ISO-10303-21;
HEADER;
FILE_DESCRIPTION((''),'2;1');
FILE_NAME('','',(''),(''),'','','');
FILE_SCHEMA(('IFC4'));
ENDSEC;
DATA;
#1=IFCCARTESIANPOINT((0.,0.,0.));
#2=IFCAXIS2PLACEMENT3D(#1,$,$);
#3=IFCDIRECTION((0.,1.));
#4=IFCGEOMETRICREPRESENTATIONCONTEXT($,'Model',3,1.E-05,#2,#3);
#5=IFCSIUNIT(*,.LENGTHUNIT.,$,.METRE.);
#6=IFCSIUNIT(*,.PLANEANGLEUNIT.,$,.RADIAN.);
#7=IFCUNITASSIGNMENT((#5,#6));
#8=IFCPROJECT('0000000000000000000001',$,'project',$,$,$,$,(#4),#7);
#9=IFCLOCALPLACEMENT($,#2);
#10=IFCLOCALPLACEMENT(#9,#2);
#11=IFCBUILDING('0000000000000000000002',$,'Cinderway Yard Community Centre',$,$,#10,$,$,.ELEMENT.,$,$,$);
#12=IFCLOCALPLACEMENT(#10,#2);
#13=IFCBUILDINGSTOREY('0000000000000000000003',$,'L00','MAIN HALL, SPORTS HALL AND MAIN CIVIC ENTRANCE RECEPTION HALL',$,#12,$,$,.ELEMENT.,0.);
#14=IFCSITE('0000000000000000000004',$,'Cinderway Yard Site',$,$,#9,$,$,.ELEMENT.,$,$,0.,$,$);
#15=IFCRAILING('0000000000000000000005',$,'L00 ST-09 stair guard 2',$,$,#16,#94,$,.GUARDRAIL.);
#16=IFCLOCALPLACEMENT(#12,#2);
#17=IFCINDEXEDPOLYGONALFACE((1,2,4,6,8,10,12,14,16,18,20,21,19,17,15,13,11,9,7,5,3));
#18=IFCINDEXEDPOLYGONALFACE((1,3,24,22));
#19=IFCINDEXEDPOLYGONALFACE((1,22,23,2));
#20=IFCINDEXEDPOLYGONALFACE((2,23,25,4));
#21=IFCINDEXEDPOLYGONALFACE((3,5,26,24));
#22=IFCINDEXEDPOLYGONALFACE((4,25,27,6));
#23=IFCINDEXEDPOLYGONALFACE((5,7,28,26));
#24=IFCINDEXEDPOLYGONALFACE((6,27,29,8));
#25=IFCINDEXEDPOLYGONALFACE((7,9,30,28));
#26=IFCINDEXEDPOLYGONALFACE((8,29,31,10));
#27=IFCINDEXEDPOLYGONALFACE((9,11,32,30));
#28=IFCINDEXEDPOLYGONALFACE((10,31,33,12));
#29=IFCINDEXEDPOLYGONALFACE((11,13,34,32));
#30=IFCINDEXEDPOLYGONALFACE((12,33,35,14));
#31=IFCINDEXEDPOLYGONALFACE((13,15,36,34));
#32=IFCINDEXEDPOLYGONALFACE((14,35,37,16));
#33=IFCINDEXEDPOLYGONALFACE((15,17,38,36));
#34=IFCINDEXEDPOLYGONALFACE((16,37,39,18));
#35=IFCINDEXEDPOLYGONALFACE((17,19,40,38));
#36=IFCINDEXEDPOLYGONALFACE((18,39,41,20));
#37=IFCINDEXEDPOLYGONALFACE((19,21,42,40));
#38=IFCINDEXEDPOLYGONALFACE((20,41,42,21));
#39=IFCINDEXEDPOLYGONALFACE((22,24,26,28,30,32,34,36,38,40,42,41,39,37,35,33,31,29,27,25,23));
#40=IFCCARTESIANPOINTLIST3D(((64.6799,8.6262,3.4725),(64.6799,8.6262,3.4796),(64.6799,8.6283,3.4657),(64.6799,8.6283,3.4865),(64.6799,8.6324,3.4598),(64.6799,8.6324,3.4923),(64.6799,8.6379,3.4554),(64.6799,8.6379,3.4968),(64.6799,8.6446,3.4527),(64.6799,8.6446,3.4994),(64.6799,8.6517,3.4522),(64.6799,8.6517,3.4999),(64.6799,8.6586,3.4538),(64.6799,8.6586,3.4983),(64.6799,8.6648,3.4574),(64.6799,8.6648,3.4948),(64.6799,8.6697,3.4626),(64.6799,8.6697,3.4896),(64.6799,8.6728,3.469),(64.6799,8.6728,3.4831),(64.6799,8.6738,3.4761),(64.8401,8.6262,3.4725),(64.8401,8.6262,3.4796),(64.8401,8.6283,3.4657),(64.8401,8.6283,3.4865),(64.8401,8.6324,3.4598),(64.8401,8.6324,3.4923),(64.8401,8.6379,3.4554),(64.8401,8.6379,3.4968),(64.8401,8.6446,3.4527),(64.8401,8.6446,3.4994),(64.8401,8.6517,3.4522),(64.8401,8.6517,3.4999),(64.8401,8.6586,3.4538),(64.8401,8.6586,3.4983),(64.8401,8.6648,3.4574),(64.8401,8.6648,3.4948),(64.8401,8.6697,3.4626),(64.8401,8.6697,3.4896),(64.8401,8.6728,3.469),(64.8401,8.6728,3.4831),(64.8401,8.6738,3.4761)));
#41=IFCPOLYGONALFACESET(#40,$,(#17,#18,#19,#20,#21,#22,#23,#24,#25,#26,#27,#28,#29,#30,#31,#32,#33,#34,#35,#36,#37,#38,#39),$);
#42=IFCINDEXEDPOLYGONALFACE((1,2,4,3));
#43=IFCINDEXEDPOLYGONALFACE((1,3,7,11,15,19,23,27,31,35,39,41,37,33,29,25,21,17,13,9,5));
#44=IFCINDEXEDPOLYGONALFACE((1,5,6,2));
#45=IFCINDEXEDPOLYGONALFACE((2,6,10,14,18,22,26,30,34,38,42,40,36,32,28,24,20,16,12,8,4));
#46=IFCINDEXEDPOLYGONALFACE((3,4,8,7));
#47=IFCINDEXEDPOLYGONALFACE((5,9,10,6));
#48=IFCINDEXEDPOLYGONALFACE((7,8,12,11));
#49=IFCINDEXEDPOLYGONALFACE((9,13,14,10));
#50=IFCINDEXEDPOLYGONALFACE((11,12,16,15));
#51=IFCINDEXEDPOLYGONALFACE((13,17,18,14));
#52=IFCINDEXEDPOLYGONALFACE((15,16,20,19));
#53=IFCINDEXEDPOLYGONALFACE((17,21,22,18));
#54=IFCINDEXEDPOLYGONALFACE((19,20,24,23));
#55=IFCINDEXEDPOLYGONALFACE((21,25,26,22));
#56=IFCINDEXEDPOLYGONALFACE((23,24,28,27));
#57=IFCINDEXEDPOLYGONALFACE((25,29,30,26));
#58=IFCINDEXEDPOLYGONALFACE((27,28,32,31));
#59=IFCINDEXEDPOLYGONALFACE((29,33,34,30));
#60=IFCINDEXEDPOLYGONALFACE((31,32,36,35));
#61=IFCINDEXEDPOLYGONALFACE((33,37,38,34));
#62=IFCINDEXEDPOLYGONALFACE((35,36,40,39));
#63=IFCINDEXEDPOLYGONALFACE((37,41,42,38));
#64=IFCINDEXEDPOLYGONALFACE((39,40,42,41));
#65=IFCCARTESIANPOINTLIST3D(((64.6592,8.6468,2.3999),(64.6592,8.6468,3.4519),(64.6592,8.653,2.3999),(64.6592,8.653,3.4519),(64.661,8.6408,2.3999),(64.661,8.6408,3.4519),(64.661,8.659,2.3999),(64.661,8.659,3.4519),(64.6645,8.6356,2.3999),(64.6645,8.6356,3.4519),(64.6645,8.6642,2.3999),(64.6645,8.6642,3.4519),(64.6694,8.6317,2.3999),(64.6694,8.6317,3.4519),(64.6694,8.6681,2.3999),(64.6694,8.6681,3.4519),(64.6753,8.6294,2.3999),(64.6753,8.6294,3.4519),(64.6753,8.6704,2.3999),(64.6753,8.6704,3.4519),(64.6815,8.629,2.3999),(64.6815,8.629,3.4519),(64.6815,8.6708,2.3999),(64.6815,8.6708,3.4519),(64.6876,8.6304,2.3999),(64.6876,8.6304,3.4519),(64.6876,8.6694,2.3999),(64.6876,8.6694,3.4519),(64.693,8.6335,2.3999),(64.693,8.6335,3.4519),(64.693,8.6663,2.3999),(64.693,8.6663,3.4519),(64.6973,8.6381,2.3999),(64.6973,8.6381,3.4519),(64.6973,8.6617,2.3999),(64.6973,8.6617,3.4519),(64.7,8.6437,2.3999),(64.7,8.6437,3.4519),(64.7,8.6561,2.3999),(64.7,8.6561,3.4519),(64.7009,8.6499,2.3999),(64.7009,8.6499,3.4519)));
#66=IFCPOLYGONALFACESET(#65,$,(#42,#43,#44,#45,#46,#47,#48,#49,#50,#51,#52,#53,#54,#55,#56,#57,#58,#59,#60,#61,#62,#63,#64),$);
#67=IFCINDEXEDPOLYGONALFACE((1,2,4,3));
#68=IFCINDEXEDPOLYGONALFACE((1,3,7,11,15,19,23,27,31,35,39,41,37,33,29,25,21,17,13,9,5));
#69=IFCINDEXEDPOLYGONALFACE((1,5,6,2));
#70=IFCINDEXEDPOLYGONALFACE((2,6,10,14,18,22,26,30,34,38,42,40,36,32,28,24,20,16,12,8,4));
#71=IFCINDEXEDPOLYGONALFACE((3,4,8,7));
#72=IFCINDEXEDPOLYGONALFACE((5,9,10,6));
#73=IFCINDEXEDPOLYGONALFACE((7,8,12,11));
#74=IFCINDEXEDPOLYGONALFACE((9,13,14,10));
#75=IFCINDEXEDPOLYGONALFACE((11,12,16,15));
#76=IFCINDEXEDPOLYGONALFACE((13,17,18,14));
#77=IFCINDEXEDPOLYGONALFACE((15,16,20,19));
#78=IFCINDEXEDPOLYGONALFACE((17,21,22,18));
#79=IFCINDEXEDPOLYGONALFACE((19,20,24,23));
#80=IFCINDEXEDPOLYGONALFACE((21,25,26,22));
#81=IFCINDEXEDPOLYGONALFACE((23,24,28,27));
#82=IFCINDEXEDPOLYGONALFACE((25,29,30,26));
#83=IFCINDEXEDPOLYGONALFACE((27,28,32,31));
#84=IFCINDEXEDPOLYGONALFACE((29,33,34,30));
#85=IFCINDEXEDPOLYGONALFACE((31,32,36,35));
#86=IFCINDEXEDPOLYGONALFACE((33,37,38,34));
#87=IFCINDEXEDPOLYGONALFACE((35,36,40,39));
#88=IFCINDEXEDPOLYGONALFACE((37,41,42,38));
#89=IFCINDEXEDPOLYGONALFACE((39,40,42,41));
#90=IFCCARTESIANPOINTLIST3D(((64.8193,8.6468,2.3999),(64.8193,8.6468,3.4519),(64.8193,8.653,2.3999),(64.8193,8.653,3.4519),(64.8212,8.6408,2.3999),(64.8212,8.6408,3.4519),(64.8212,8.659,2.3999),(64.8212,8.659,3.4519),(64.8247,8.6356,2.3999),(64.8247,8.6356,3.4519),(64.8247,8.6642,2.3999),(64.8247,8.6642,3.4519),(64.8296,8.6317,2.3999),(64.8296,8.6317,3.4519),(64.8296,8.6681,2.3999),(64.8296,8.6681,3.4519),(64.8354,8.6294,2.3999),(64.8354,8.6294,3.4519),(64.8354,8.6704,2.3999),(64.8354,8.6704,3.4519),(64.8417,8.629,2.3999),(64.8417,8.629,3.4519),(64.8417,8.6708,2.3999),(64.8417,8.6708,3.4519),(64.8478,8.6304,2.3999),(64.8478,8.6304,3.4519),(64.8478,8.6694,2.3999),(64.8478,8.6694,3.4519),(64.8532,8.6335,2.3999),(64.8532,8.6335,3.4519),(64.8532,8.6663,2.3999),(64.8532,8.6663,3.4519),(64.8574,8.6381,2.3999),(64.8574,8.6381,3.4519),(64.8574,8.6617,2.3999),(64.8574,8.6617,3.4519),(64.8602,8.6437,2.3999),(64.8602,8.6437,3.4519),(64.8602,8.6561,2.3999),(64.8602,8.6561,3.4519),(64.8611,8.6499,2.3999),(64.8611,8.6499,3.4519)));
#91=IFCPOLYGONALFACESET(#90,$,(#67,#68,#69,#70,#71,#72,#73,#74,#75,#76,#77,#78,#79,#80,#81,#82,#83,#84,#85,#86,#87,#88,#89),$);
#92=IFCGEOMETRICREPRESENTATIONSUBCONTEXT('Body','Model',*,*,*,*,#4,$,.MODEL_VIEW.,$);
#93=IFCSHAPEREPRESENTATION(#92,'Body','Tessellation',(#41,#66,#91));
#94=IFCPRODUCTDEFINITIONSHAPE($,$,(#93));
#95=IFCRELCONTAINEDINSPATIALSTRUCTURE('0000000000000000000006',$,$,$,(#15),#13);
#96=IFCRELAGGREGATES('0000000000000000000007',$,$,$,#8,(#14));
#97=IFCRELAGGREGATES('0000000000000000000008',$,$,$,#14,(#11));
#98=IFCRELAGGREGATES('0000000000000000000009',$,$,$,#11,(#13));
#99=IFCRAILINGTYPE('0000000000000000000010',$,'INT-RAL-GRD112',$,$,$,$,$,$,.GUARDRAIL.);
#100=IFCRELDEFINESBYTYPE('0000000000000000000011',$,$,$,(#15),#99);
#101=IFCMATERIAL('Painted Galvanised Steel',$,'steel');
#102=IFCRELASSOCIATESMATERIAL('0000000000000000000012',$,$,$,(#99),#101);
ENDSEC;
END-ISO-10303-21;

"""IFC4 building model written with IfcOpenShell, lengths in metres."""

from ifc_helpers import new_model, si_unit, direction, frame, origin, origin_2d, place, context, subcontext, project, spatial, circle, extrude, material, type_object, element, save


model = new_model("IFC4")

# Units and contexts
model_context = context("Model", 3, precision=1e-05, world=origin(), true_north=direction((0.0, 1.0)))
body_context = subcontext(model_context, "Body", "Model", "MODEL_VIEW")
ifc_project = project(units=[si_unit("LENGTHUNIT", "METRE"), si_unit("PLANEANGLEUNIT", "RADIAN")], contexts=[model_context])

# Site, building, storey
site_placement = place(None, origin())
site = spatial("IfcSite", under=ifc_project, at=site_placement, Name="Cinderway Yard Site", CompositionType="ELEMENT", RefElevation=0.0)
building_placement = place(site_placement, origin())
building = spatial("IfcBuilding", under=site, at=building_placement, Name="Cinderway Yard Community Centre", CompositionType="ELEMENT")
storey_placement = place(building_placement, origin())
storey = spatial("IfcBuildingStorey", under=building, at=storey_placement, Name="L00", Description="MAIN HALL, SPORTS HALL AND MAIN CIVIC ENTRANCE RECEPTION HALL", CompositionType="ELEMENT", Elevation=0.0)

# Shared definitions
ifc_material_1 = material(Name="Painted Galvanised Steel", Category="steel")

# Railing
railing_type_1 = type_object("IfcRailingType", Name="INT-RAL-GRD112", PredefinedType="GUARDRAIL", material=ifc_material_1)
railing_1_placement = place(storey_placement, frame((64.6799, 8.6499, 2.3999)))
element("IfcRailing", 1, at=railing_1_placement, inside=storey, type_object=railing_type_1, Name="L00 ST-09 stair guard 2", PredefinedType="GUARDRAIL", context=body_context, shape_type="SweptSolid", body=[
    extrude(circle(Radius=0.0239, at=origin_2d()), frame((0.0, 0.0, 1.0762), z_axis=(1.0, 0.0, 0.0), x_axis=(0.0, 1.0, 0.0)), (0.0, 0.0, 1.0), 0.1602),
    extrude(circle(Radius=0.021, at=origin_2d()), origin(), (0.0, 0.0, 1.0), 1.052),
    extrude(circle(Radius=0.021, at=origin_2d()), frame((0.1602, 0.0, 0.0)), (0.0, 0.0, 1.0), 1.052),
])

save(model, "model.ifc")
